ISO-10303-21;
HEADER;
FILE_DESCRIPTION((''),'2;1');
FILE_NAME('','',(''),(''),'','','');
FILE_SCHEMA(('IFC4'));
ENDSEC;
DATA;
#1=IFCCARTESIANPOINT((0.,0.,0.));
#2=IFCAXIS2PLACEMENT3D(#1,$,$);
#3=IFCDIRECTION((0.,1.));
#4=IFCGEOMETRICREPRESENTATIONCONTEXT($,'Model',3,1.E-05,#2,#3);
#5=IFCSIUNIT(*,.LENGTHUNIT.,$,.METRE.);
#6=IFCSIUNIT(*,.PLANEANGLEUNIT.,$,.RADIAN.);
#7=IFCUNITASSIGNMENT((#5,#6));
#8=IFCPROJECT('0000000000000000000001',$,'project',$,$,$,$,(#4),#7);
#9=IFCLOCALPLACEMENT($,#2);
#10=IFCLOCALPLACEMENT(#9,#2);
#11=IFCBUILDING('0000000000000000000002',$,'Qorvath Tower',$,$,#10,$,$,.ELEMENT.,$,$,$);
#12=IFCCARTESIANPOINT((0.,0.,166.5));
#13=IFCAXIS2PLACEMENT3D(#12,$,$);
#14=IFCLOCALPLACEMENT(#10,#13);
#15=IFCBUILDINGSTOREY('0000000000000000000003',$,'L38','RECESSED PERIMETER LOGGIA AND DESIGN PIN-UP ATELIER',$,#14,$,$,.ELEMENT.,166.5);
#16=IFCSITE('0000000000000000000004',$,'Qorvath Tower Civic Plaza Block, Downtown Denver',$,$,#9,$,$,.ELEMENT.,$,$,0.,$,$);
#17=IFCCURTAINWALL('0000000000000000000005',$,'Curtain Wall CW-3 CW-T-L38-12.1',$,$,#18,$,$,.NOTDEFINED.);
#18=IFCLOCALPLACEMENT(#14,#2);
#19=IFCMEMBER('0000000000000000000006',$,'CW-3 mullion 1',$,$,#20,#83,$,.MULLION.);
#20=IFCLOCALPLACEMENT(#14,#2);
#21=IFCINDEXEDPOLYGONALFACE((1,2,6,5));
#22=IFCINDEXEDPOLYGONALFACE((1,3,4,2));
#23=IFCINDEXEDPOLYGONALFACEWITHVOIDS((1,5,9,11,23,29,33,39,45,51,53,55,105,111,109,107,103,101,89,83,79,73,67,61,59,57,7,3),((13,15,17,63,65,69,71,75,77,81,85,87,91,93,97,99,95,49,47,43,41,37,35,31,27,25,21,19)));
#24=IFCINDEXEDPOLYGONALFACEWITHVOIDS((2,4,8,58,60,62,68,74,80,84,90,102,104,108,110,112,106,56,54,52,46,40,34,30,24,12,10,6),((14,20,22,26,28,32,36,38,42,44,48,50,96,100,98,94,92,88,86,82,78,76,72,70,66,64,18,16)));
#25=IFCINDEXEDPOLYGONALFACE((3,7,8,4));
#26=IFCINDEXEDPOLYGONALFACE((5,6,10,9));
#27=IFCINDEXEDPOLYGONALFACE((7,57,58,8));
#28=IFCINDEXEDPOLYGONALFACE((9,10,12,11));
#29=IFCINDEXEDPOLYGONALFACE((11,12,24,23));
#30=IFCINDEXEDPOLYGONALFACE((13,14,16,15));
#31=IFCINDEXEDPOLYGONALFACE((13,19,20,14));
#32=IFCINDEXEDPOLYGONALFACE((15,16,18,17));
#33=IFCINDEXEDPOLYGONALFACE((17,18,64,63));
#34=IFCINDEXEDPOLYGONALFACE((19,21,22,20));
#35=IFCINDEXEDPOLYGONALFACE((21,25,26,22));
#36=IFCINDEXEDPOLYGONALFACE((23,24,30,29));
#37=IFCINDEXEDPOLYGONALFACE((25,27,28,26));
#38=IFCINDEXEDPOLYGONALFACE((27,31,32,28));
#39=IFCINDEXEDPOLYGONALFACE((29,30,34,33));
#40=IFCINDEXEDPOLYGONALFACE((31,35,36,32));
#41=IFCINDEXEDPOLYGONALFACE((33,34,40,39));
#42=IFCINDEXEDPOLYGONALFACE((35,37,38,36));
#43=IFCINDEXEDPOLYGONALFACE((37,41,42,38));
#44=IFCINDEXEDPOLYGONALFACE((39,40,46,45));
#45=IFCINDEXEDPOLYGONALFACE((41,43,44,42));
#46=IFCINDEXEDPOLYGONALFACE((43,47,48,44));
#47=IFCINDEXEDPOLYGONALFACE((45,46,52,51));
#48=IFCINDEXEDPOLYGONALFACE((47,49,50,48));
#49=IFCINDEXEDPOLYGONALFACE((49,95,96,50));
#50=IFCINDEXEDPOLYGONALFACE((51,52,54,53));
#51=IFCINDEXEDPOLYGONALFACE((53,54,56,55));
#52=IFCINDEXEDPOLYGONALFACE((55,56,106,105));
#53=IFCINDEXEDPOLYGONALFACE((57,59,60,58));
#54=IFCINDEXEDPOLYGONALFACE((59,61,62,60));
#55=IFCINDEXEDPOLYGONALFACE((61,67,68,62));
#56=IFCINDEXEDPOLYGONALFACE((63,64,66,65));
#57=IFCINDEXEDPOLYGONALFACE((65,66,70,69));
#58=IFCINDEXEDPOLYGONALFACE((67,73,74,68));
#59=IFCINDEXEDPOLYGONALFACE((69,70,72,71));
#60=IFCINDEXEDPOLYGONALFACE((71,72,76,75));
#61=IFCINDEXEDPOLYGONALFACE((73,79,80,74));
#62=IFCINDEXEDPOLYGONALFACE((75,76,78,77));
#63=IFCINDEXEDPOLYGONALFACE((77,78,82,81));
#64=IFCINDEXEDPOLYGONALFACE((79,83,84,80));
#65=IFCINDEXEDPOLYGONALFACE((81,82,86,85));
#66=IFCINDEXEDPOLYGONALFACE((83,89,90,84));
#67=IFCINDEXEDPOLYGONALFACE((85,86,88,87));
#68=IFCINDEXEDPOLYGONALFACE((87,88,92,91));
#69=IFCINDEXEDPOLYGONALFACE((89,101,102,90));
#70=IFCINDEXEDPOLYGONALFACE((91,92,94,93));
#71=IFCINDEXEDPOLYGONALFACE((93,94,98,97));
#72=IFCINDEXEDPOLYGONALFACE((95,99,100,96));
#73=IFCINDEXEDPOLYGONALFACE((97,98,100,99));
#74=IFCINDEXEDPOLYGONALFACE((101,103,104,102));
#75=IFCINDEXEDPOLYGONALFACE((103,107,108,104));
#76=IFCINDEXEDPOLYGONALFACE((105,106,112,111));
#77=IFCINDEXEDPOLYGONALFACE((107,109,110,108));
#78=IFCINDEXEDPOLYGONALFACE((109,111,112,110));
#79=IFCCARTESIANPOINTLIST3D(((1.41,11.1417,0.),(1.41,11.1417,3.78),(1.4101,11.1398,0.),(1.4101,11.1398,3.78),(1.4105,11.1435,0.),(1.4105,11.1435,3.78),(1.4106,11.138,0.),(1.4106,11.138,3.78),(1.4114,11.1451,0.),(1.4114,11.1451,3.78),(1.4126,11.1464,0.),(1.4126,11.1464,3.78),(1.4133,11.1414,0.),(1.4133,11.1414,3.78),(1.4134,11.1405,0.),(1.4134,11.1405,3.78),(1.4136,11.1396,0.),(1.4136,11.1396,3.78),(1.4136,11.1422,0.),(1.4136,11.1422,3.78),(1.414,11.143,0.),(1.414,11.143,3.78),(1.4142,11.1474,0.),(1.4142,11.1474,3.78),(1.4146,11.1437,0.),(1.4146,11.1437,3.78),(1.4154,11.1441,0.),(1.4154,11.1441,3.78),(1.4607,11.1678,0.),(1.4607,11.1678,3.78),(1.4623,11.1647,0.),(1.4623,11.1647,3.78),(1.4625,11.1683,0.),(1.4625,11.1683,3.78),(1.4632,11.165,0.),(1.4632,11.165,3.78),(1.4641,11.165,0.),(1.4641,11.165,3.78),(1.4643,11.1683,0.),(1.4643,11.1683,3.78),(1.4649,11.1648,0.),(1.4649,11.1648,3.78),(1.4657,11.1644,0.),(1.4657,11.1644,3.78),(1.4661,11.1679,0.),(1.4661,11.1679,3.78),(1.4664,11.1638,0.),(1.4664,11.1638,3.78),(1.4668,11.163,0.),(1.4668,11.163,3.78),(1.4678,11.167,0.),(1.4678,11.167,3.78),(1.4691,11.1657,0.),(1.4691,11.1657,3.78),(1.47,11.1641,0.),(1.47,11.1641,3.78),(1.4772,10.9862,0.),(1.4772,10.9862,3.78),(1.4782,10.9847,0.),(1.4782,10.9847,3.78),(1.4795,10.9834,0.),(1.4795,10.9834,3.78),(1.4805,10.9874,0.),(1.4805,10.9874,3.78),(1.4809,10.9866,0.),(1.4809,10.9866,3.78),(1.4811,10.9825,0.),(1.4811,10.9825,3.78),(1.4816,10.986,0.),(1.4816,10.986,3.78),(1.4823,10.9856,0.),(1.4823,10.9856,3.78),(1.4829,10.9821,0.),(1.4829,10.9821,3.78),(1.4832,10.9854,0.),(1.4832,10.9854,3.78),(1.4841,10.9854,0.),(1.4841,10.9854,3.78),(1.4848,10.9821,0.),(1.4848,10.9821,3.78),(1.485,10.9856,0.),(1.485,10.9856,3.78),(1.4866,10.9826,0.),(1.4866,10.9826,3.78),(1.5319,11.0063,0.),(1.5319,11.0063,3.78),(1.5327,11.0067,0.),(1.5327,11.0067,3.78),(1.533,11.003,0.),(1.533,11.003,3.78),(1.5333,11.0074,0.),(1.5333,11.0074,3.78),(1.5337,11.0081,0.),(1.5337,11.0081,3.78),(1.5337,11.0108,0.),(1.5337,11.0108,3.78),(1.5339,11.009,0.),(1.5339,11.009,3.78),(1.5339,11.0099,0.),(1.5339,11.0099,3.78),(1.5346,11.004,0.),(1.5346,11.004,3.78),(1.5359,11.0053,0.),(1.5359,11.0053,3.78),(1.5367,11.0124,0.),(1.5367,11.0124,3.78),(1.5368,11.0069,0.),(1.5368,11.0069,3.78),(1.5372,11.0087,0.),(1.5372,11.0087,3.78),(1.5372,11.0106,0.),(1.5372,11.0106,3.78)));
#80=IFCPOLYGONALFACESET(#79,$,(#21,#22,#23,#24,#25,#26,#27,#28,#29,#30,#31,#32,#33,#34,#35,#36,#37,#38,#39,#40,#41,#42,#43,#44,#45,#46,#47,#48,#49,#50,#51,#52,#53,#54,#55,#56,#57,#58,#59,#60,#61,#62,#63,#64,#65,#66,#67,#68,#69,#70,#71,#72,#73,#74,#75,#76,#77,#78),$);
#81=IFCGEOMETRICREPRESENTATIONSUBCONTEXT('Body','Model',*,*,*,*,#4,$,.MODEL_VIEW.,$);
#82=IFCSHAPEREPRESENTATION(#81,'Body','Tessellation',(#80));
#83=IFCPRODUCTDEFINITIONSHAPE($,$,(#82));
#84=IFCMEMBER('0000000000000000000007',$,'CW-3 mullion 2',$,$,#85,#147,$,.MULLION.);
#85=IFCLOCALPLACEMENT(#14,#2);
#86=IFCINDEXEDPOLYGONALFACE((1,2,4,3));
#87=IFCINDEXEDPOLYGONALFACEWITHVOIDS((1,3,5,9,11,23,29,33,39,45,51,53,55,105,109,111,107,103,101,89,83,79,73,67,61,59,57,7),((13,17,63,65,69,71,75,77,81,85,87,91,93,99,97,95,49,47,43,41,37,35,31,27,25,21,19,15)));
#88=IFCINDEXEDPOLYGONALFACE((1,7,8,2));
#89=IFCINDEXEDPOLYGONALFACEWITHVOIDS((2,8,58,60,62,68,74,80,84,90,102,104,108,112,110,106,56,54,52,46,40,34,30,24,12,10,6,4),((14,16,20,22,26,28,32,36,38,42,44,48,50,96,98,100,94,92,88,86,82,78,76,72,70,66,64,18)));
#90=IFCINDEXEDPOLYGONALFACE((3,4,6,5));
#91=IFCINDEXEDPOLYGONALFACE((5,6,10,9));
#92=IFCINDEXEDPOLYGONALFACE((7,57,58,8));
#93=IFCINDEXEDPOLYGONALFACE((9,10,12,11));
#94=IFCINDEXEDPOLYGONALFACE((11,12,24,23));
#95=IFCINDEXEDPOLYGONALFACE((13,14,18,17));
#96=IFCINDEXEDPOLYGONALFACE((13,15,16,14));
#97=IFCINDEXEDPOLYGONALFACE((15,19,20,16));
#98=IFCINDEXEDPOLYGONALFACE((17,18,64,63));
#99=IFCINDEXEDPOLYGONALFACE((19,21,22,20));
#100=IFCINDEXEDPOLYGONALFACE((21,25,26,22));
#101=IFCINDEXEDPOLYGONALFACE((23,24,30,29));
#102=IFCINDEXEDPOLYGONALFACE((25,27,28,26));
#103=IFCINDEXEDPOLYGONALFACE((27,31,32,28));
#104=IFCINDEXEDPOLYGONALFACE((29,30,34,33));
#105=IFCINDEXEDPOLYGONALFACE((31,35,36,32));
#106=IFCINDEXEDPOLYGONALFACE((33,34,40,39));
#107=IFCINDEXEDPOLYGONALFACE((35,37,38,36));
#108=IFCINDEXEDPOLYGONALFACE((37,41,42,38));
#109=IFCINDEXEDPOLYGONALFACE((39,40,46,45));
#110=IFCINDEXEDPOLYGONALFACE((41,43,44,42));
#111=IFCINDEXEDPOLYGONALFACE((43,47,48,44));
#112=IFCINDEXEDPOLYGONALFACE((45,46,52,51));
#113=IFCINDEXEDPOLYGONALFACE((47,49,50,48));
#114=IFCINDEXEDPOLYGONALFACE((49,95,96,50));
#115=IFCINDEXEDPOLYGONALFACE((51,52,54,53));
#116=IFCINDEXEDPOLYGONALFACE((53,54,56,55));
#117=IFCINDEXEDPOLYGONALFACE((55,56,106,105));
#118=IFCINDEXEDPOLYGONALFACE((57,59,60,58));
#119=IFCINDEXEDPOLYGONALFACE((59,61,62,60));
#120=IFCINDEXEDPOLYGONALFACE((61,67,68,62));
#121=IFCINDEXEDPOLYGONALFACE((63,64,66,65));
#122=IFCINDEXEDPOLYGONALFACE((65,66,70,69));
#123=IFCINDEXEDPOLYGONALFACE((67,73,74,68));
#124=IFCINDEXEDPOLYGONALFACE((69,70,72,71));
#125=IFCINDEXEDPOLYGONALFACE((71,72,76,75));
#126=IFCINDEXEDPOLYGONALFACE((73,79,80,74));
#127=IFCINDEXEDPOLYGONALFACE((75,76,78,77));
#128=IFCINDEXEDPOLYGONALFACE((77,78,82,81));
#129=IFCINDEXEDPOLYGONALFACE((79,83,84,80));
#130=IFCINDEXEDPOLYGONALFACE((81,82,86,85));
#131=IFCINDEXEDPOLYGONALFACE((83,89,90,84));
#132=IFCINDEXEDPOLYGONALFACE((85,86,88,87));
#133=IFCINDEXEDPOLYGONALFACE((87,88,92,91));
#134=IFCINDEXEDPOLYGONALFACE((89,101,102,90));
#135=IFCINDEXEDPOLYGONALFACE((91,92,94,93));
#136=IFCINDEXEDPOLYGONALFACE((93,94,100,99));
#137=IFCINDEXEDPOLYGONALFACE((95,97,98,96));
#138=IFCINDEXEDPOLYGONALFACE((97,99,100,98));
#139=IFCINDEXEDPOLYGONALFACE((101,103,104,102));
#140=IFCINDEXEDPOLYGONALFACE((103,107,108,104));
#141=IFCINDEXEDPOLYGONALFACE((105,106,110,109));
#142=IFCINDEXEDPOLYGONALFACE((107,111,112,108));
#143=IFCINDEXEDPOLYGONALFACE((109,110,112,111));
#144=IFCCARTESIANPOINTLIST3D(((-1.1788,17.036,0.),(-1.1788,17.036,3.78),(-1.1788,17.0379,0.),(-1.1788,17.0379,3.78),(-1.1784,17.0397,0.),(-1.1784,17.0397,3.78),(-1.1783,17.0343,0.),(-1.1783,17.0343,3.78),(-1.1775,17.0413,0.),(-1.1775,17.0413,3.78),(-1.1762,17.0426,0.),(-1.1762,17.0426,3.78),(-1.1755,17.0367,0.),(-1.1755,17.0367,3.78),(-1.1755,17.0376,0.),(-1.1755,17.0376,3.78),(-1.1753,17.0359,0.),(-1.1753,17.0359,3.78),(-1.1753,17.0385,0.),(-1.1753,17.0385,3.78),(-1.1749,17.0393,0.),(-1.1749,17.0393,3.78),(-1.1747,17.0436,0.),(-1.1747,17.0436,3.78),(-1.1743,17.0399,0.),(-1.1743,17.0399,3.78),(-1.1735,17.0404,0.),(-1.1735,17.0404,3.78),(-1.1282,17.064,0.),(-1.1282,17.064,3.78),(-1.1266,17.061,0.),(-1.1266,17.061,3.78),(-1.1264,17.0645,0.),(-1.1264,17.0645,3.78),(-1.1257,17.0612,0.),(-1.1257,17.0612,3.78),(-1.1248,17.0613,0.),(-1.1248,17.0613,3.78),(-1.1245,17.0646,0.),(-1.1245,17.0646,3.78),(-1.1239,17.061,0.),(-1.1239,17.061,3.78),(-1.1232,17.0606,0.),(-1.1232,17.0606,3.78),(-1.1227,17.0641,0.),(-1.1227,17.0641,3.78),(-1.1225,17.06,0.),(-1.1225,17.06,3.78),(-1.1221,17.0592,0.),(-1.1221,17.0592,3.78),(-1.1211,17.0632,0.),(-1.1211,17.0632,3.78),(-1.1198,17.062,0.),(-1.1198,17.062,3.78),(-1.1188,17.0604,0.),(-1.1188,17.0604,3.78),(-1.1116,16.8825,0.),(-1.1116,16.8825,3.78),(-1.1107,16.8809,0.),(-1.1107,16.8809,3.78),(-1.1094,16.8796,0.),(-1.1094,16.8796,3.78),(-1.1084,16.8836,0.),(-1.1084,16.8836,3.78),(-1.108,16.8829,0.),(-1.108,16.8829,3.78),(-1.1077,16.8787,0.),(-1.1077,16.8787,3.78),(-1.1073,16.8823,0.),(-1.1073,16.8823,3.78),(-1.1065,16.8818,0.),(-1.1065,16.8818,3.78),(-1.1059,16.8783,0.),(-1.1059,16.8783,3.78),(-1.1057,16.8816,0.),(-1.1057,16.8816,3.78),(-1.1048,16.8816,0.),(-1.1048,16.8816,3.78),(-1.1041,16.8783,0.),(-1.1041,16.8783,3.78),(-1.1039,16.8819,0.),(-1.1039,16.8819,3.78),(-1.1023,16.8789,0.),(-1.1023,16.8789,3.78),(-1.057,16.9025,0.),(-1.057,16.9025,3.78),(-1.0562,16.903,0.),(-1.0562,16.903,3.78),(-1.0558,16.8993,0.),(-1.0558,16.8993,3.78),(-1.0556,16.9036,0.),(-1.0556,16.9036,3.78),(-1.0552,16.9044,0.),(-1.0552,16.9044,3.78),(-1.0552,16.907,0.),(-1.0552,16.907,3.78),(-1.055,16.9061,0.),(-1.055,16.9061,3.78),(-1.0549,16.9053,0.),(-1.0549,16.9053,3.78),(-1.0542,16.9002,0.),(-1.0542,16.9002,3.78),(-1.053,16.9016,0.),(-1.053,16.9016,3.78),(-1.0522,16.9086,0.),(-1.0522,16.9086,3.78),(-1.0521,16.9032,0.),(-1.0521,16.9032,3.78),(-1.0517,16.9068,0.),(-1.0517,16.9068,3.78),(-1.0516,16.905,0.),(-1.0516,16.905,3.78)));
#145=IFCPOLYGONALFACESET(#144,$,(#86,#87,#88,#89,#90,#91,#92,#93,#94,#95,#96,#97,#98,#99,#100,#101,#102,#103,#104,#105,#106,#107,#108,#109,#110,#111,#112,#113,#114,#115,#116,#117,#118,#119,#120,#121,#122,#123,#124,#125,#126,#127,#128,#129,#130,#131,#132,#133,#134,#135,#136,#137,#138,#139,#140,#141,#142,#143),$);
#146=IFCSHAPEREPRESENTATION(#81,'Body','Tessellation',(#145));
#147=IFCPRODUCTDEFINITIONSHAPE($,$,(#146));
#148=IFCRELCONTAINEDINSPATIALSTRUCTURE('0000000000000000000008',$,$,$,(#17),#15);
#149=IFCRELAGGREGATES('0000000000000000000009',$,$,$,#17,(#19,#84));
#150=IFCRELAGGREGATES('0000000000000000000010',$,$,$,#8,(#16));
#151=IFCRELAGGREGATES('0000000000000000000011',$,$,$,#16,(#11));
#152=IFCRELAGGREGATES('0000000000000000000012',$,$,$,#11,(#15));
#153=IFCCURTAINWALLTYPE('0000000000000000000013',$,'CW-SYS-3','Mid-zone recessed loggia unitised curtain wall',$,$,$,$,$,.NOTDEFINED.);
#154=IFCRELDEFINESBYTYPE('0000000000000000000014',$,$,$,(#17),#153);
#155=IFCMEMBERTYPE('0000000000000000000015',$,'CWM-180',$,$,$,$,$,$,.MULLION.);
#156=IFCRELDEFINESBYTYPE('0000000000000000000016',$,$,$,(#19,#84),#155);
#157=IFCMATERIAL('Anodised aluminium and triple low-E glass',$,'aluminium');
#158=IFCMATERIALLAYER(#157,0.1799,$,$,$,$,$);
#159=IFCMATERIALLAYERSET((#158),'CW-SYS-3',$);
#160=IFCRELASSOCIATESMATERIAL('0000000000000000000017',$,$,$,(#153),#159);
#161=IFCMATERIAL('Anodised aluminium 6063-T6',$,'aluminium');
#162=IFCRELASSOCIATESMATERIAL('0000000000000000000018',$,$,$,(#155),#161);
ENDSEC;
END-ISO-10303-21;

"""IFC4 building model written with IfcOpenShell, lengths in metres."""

from ifc_helpers import new_model, si_unit, direction, frame, origin, origin_2d, place, context, subcontext, project, spatial, hollow_rectangle, extrude, material, layer, layer_set, material_profile, profile_set, type_object, element, aggregate, save


model = new_model("IFC4")

# Units and contexts
model_context = context("Model", 3, precision=1e-05, world=origin(), true_north=direction((0.0, 1.0)))
body_context = subcontext(model_context, "Body", "Model", "MODEL_VIEW")
ifc_project = project(units=[si_unit("LENGTHUNIT", "METRE"), si_unit("PLANEANGLEUNIT", "RADIAN")], contexts=[model_context])

# Site, building, storey
site_placement = place(None, origin())
site = spatial("IfcSite", under=ifc_project, at=site_placement, Name="Qorvath Tower Civic Plaza Block, Downtown Denver", CompositionType="ELEMENT", RefElevation=0.0)
building_placement = place(site_placement, origin())
building = spatial("IfcBuilding", under=site, at=building_placement, Name="Qorvath Tower", CompositionType="ELEMENT")
storey_placement = place(building_placement, frame((0.0, 0.0, 166.5)))
storey = spatial("IfcBuildingStorey", under=building, at=storey_placement, Name="L38", Description="RECESSED PERIMETER LOGGIA AND DESIGN PIN-UP ATELIER", CompositionType="ELEMENT", Elevation=166.5)

# Curtain wall, members
ifc_material_1 = material(Name="Anodised aluminium and triple low-E glass", Category="aluminium")
ifc_layer_1 = layer(ifc_material_1, 0.1799)
ifc_layer_set_1 = layer_set([ifc_layer_1], Name="CW-SYS-3")
curtain_wall_type = type_object("IfcCurtainWallType", Name="CW-SYS-3", Description="Mid-zone recessed loggia unitised curtain wall", PredefinedType="NOTDEFINED", material=ifc_layer_set_1)
ifc_material_2 = material(Name="Anodised aluminium 6063-T6", Category="aluminium")
ifc_material_profile_1 = material_profile(ifc_material_2, hollow_rectangle(XDim=0.0649, YDim=0.1799, WallThickness=0.0034, InnerFilletRadius=0.0034, OuterFilletRadius=0.0071, at=origin_2d()), Name="CWM 180x65")
ifc_profile_set_1 = profile_set([ifc_material_profile_1], Name="Anodised aluminium 6063-T6")
member_type_1 = type_object("IfcMemberType", Name="CWM-180", PredefinedType="MULLION", material=ifc_profile_set_1)
curtain_wall_1_placement = place(storey_placement, origin())
curtain_wall_1 = element("IfcCurtainWall", 1, at=curtain_wall_1_placement, inside=storey, type_object=curtain_wall_type, Name="Curtain Wall CW-3 CW-T-L38-12.1", PredefinedType="NOTDEFINED")
member_1_placement = place(storey_placement, frame((1.4736, 11.0752, 0.0), z_axis=(0.0, 0.0, 1.0), x_axis=(-0.915629, -0.402023, 0.0)))
member_1 = element("IfcMember", 2, at=member_1_placement, type_object=member_type_1, Name="CW-3 mullion 1", PredefinedType="MULLION", context=body_context, shape_type="SweptSolid", body=[
    extrude(hollow_rectangle(XDim=0.0649, YDim=0.1799, WallThickness=0.0034, InnerFilletRadius=0.0034, OuterFilletRadius=0.0071, at=origin_2d()), origin(), (0.0, 0.0, 1.0), 3.78),
])
member_2_placement = place(storey_placement, frame((-1.1152, 16.9714, 0.0), z_axis=(0.0, 0.0, 1.0), x_axis=(-0.915629, -0.402023, 0.0)))
member_2 = element("IfcMember", 3, at=member_2_placement, type_object=member_type_1, Name="CW-3 mullion 2", PredefinedType="MULLION", context=body_context, shape_type="SweptSolid", body=[
    extrude(hollow_rectangle(XDim=0.0649, YDim=0.1799, WallThickness=0.0034, InnerFilletRadius=0.0034, OuterFilletRadius=0.0071, at=origin_2d()), origin(), (0.0, 0.0, 1.0), 3.78),
])

aggregate(curtain_wall_1, [member_1, member_2])

save(model, "model.ifc")
